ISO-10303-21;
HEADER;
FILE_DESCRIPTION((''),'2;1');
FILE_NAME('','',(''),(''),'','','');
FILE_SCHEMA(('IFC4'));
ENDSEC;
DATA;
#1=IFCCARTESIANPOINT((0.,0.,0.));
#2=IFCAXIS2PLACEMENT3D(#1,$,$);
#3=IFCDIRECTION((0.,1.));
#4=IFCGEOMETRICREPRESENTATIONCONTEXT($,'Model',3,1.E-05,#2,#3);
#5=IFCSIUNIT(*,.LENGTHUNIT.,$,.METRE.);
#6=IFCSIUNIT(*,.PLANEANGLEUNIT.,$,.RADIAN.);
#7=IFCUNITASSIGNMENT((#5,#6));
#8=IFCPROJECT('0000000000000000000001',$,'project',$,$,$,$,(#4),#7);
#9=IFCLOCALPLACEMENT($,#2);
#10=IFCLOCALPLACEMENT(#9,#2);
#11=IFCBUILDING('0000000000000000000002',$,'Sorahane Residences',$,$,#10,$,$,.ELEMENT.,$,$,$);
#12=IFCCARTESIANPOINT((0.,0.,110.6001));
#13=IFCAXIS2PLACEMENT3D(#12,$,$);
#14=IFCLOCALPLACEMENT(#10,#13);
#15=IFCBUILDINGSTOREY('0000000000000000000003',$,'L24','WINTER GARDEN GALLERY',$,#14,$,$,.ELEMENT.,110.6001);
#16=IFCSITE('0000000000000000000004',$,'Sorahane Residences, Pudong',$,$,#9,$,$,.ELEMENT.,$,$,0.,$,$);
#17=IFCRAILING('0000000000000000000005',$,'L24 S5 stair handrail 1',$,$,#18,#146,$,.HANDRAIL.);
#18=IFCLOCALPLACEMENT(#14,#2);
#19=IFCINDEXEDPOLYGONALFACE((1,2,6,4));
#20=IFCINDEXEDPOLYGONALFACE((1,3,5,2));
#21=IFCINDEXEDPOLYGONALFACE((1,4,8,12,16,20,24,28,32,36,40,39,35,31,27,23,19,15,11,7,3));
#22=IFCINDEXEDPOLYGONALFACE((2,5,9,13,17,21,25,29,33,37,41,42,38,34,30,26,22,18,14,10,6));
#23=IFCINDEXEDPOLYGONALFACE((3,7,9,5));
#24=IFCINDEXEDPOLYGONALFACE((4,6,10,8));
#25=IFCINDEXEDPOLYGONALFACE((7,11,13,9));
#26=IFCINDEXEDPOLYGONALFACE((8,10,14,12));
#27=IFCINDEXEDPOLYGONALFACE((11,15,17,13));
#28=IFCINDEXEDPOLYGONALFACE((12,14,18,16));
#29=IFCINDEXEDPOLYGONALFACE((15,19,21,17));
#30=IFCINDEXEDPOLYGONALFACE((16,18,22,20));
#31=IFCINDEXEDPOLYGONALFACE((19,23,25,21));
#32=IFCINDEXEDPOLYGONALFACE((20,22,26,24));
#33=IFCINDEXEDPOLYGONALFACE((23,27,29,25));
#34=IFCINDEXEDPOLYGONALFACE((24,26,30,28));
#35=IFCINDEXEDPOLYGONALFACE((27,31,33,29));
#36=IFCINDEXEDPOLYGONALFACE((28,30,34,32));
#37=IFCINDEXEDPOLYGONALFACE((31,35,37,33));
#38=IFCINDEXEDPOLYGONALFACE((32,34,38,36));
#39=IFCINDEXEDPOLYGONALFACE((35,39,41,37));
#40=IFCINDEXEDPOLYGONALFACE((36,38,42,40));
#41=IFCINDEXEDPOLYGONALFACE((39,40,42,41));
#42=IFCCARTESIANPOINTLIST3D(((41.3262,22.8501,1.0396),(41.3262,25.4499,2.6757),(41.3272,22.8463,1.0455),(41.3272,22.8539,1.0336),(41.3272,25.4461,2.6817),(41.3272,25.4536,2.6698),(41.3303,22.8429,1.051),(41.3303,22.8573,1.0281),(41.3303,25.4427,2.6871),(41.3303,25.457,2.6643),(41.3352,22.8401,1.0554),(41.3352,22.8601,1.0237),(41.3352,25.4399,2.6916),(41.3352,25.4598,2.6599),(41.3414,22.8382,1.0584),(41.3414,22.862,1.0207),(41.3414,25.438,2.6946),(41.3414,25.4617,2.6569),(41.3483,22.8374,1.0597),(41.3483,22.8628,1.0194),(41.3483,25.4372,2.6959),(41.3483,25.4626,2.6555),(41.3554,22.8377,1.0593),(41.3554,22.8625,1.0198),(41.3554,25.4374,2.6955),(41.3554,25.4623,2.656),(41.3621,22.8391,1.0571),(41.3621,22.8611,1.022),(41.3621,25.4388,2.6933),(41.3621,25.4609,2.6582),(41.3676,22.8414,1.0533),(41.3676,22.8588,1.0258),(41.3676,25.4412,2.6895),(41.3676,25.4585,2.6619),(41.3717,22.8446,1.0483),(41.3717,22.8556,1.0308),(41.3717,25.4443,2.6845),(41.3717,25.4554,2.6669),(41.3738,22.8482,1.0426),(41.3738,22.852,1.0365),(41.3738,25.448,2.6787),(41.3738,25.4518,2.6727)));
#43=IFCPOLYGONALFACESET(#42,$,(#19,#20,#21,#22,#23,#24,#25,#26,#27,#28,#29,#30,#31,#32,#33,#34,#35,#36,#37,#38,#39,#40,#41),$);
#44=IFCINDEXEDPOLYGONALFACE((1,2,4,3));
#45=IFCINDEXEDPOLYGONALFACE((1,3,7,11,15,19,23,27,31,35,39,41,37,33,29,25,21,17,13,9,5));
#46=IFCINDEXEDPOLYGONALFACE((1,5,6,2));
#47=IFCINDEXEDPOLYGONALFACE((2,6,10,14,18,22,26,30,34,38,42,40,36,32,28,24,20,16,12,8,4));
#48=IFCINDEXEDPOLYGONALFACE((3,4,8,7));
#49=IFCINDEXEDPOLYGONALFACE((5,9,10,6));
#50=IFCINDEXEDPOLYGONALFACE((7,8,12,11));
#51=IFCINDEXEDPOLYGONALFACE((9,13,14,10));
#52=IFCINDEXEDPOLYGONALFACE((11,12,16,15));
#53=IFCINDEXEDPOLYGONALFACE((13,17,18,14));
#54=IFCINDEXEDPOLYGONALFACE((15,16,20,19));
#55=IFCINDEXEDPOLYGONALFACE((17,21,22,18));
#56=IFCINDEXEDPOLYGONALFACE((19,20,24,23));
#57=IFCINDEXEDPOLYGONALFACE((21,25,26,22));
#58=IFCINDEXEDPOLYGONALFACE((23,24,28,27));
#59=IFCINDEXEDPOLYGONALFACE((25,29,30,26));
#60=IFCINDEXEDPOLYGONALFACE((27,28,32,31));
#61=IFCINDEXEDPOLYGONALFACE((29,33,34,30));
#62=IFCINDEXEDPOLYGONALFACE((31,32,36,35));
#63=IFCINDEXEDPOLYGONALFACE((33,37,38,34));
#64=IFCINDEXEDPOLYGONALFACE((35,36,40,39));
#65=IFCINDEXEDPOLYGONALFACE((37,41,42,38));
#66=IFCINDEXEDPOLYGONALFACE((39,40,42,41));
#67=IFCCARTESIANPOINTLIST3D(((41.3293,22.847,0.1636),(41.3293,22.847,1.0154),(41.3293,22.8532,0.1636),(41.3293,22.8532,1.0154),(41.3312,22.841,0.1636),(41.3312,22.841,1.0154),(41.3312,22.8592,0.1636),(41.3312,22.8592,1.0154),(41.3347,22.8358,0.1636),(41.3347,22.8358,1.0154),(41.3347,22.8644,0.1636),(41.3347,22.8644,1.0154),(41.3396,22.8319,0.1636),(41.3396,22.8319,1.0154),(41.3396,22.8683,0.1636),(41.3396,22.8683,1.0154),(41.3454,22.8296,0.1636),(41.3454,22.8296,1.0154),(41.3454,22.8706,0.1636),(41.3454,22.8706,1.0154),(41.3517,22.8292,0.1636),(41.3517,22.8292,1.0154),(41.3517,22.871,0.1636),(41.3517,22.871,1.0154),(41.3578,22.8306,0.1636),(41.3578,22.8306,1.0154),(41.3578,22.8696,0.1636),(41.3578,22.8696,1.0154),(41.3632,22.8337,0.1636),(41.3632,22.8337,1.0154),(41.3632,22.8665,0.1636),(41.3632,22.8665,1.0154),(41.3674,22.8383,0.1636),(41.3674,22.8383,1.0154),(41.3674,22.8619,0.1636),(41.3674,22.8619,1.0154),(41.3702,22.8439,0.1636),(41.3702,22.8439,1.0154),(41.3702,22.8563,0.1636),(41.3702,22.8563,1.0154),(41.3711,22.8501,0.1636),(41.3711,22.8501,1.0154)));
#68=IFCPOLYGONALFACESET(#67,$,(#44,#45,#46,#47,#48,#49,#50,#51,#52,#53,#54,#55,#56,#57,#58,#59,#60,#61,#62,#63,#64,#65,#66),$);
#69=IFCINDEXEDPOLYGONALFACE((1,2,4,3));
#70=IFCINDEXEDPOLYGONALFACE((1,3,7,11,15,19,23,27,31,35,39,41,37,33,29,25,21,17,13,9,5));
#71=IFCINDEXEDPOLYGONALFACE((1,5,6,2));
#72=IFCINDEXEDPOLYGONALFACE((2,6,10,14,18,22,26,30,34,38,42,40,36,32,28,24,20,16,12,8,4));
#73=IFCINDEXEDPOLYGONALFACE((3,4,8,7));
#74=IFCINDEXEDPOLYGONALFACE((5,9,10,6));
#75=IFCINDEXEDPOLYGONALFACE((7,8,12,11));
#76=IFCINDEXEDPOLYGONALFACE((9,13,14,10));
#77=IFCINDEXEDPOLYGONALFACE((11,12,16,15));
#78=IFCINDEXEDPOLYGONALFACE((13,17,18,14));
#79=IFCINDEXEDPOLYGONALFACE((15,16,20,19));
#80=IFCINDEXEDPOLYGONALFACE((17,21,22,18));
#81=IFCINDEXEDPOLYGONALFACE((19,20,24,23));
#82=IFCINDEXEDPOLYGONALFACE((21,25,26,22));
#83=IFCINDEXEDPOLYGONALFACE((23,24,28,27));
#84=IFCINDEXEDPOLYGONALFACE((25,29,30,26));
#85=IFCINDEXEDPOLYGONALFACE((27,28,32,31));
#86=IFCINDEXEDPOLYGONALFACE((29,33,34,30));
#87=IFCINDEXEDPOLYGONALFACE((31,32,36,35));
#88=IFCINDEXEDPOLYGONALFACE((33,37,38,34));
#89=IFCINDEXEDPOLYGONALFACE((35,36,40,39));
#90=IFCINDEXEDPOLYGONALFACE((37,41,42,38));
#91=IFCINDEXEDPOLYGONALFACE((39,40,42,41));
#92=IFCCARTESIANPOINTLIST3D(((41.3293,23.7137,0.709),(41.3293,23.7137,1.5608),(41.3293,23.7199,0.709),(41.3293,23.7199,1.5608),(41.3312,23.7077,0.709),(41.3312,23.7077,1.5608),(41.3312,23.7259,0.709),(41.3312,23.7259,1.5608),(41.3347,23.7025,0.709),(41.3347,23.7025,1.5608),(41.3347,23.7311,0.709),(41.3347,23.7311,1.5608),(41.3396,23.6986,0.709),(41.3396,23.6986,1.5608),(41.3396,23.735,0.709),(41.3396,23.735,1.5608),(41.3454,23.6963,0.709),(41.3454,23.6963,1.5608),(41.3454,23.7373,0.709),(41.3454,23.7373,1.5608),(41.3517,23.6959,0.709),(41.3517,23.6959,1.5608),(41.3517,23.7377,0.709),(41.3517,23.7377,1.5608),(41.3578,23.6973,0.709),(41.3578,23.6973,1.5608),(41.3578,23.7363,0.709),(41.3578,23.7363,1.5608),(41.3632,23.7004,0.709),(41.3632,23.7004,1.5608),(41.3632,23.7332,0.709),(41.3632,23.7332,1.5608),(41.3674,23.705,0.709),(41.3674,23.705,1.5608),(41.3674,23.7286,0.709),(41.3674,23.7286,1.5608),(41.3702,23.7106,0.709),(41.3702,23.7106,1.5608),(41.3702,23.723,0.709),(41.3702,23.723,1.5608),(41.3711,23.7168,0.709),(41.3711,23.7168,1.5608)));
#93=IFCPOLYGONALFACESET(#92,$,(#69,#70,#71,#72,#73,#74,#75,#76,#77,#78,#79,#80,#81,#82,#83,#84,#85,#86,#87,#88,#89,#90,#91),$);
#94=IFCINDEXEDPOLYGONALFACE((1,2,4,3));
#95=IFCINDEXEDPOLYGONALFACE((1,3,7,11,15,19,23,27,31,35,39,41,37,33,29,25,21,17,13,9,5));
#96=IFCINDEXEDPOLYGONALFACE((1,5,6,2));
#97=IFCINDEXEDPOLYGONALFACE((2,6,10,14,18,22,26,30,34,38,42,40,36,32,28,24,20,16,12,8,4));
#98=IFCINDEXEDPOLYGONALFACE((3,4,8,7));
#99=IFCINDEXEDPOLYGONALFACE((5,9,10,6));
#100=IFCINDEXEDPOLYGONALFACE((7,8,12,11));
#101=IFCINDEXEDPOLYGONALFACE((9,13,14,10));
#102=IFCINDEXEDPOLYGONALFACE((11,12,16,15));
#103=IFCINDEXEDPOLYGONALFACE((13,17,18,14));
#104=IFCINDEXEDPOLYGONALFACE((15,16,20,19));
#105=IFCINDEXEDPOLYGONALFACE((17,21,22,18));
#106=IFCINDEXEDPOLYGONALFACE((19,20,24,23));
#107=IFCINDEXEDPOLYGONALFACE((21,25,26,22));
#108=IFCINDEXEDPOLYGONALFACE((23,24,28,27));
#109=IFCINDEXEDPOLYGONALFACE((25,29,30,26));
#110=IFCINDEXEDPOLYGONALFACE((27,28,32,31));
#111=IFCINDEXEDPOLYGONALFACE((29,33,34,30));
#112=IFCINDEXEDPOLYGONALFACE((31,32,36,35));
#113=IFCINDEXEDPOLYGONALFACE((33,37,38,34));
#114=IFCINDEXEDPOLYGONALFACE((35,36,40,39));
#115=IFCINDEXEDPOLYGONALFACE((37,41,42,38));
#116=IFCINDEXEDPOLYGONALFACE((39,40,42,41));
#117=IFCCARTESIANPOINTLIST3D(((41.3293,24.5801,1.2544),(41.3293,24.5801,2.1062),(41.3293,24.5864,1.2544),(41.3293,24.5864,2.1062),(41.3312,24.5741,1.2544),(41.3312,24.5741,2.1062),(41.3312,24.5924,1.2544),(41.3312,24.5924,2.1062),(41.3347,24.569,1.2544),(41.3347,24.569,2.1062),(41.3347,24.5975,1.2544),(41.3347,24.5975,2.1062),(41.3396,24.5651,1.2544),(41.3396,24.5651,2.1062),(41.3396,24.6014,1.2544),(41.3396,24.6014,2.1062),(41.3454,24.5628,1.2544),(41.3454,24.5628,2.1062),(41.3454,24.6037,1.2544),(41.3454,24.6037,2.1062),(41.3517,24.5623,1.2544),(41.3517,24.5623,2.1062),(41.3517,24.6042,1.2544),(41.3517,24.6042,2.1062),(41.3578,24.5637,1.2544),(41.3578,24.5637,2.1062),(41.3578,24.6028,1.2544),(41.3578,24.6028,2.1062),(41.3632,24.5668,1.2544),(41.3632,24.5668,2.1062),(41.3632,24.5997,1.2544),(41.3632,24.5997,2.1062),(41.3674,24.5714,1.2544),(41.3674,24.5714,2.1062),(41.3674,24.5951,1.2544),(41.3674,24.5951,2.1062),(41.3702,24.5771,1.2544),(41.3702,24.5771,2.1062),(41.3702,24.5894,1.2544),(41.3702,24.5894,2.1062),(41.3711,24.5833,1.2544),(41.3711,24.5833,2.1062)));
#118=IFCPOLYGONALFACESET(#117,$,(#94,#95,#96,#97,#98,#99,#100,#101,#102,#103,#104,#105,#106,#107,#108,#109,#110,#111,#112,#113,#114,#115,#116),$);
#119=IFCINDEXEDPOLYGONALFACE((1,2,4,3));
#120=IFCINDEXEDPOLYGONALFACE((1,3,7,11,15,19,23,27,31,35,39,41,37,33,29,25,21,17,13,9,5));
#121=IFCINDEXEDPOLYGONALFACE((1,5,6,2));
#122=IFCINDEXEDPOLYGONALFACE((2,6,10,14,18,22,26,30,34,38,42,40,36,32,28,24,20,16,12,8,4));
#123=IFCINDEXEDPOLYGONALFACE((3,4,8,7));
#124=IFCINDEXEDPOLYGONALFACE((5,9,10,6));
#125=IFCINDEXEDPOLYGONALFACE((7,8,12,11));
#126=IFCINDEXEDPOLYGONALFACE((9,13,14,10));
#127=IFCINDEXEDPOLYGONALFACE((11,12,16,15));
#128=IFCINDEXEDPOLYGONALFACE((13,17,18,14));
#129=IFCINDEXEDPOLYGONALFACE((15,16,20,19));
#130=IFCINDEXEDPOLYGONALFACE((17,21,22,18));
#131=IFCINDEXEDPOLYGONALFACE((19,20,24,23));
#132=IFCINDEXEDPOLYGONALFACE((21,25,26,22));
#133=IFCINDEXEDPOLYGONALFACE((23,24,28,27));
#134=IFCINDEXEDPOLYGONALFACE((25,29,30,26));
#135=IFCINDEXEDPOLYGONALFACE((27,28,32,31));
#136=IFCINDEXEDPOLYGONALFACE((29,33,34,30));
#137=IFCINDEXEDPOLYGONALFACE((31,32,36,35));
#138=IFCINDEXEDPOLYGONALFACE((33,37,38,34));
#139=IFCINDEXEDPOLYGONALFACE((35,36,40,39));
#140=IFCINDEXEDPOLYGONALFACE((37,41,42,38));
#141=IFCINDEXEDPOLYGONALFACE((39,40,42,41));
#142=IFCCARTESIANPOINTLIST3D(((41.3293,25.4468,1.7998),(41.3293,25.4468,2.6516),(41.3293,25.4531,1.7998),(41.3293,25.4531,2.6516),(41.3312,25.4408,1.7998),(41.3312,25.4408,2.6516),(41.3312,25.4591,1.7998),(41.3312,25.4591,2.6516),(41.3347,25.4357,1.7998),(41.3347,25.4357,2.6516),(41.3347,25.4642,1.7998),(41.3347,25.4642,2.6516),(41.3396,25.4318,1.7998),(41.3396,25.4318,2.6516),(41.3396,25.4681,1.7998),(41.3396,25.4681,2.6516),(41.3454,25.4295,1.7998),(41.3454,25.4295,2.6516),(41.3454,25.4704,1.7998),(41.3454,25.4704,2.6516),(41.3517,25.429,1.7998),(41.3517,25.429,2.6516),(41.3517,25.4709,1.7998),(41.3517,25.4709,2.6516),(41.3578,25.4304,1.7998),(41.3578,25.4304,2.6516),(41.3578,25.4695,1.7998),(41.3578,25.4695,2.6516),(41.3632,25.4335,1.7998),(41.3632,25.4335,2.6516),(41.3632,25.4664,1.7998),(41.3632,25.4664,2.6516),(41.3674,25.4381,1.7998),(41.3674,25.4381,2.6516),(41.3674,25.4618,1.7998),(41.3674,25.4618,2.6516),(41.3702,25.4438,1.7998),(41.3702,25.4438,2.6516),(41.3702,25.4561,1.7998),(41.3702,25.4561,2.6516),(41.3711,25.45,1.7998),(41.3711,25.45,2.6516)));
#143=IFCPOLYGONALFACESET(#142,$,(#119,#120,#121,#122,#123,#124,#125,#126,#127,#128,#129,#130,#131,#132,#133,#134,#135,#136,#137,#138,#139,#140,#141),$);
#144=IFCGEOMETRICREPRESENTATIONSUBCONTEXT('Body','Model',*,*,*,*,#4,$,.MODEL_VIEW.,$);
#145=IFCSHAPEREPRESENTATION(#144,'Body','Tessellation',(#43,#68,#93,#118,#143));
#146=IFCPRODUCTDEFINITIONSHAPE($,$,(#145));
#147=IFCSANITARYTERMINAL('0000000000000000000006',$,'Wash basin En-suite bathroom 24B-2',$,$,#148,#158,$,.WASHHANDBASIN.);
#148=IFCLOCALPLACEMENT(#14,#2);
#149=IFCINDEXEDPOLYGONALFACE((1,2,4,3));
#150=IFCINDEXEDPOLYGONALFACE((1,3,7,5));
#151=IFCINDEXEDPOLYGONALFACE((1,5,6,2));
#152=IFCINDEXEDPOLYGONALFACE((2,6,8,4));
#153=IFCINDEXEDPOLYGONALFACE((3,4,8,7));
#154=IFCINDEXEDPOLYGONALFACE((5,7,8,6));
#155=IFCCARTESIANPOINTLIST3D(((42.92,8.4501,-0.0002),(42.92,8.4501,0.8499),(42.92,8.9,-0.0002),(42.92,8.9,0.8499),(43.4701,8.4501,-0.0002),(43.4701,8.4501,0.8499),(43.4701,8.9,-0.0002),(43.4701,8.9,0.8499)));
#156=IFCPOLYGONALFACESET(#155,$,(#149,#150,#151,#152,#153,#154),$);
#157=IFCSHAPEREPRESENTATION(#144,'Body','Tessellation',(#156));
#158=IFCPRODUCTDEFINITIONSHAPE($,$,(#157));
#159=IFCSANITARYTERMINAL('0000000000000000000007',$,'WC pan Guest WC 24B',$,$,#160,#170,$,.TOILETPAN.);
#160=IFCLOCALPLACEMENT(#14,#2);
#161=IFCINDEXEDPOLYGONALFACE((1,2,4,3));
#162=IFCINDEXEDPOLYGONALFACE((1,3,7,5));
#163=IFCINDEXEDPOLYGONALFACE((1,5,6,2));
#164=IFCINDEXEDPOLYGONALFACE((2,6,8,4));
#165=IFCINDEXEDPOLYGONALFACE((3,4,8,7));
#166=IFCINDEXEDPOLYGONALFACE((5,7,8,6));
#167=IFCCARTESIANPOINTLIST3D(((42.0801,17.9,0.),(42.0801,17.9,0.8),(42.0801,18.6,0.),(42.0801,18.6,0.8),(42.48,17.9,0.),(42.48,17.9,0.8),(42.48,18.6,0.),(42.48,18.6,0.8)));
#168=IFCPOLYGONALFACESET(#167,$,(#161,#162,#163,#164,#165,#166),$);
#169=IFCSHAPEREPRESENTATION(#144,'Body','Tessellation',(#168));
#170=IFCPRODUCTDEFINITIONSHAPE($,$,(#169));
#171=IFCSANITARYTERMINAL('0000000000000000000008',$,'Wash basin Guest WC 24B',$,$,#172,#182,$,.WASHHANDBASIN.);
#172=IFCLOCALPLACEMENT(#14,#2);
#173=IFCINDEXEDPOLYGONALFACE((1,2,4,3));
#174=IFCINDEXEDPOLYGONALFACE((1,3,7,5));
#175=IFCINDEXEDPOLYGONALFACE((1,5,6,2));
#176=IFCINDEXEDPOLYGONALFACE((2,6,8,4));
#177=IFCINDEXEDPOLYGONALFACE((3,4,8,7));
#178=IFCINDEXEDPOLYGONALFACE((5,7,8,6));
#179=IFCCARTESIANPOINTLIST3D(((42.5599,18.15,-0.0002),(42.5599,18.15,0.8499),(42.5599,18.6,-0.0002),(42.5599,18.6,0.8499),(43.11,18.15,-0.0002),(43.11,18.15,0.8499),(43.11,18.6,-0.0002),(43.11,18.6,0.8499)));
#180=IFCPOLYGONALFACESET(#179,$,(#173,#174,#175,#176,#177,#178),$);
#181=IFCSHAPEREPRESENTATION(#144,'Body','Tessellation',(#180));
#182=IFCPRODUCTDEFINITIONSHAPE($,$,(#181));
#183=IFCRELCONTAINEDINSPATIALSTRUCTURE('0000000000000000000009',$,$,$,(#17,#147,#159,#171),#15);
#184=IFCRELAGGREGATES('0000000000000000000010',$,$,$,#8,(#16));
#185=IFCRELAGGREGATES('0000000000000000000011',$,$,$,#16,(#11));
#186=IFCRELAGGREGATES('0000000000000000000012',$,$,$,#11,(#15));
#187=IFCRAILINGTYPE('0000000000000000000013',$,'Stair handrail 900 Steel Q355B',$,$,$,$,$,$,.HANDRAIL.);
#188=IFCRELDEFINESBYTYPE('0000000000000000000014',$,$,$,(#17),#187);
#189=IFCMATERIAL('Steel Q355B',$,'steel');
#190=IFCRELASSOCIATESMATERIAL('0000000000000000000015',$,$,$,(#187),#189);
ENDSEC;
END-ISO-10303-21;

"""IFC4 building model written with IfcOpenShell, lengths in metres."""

from ifc_helpers import new_model, si_unit, direction, frame, origin, origin_2d, place, context, subcontext, project, spatial, rectangle, circle, extrude, material, type_object, element, save


model = new_model("IFC4")

# Units and contexts
model_context = context("Model", 3, precision=1e-05, world=origin(), true_north=direction((0.0, 1.0)))
body_context = subcontext(model_context, "Body", "Model", "MODEL_VIEW")
ifc_project = project(units=[si_unit("LENGTHUNIT", "METRE"), si_unit("PLANEANGLEUNIT", "RADIAN")], contexts=[model_context])

# Site, building, storey
site_placement = place(None, origin())
site = spatial("IfcSite", under=ifc_project, at=site_placement, Name="Sorahane Residences, Pudong", CompositionType="ELEMENT", RefElevation=0.0)
building_placement = place(site_placement, origin())
building = spatial("IfcBuilding", under=site, at=building_placement, Name="Sorahane Residences", CompositionType="ELEMENT")
storey_placement = place(building_placement, frame((0.0, 0.0, 110.6001)))
storey = spatial("IfcBuildingStorey", under=building, at=storey_placement, Name="L24", Description="WINTER GARDEN GALLERY", CompositionType="ELEMENT", Elevation=110.6001)

# Railing
ifc_material_1 = material(Name="Steel Q355B", Category="steel")
railing_type = type_object("IfcRailingType", Name="Stair handrail 900 Steel Q355B", PredefinedType="HANDRAIL", material=ifc_material_1)
railing_placement = place(storey_placement, frame((41.3501, 22.8501, 0.1636)))
element("IfcRailing", 1, at=railing_placement, inside=storey, type_object=railing_type, Name="L24 S5 stair handrail 1", PredefinedType="HANDRAIL", context=body_context, shape_type="SweptSolid", body=[
    extrude(circle(Radius=0.0239, at=origin_2d()), frame((0.0, 0.0, 0.876), z_axis=(0.0, 0.846338, 0.532647), x_axis=(-1.0, 0.0, 0.0)), (0.0, 0.0, 1.0), 3.0718),
    extrude(circle(Radius=0.021, at=origin_2d()), origin(), (0.0, 0.0, 1.0), 0.8518),
    extrude(circle(Radius=0.021, at=origin_2d()), frame((0.0, 0.8667, 0.5454)), (0.0, 0.0, 1.0), 0.8518),
    extrude(circle(Radius=0.021, at=origin_2d()), frame((0.0, 1.7332, 1.0908)), (0.0, 0.0, 1.0), 0.8518),
    extrude(circle(Radius=0.021, at=origin_2d()), frame((0.0, 2.5999, 1.6362)), (0.0, 0.0, 1.0), 0.8518),
])

# Sanitary terminals
sanitary_terminal_1_placement = place(storey_placement, frame((43.1951, 8.675, -0.0002), z_axis=(0.0, 0.0, 1.0), x_axis=(1.0, 0.0, 0.0)))
element("IfcSanitaryTerminal", 2, at=sanitary_terminal_1_placement, inside=storey, Name="Wash basin En-suite bathroom 24B-2", PredefinedType="WASHHANDBASIN", context=body_context, shape_type="SweptSolid", body=[
    extrude(rectangle(XDim=0.55, YDim=0.45, at=origin_2d()), origin(), (0.0, 0.0, 1.0), 0.8501),
])
sanitary_terminal_2_placement = place(storey_placement, frame((42.28, 18.25, 0.0), z_axis=(0.0, 0.0, 1.0), x_axis=(1.0, 0.0, 0.0)))
element("IfcSanitaryTerminal", 3, at=sanitary_terminal_2_placement, inside=storey, Name="WC pan Guest WC 24B", PredefinedType="TOILETPAN", context=body_context, shape_type="SweptSolid", body=[
    extrude(rectangle(XDim=0.3999, YDim=0.7, at=origin_2d()), origin(), (0.0, 0.0, 1.0), 0.8),
])
sanitary_terminal_3_placement = place(storey_placement, frame((42.835, 18.375, -0.0002), z_axis=(0.0, 0.0, 1.0), x_axis=(1.0, 0.0, 0.0)))
element("IfcSanitaryTerminal", 4, at=sanitary_terminal_3_placement, inside=storey, Name="Wash basin Guest WC 24B", PredefinedType="WASHHANDBASIN", context=body_context, shape_type="SweptSolid", body=[
    extrude(rectangle(XDim=0.55, YDim=0.45, at=origin_2d()), origin(), (0.0, 0.0, 1.0), 0.8501),
])

save(model, "model.ifc")
